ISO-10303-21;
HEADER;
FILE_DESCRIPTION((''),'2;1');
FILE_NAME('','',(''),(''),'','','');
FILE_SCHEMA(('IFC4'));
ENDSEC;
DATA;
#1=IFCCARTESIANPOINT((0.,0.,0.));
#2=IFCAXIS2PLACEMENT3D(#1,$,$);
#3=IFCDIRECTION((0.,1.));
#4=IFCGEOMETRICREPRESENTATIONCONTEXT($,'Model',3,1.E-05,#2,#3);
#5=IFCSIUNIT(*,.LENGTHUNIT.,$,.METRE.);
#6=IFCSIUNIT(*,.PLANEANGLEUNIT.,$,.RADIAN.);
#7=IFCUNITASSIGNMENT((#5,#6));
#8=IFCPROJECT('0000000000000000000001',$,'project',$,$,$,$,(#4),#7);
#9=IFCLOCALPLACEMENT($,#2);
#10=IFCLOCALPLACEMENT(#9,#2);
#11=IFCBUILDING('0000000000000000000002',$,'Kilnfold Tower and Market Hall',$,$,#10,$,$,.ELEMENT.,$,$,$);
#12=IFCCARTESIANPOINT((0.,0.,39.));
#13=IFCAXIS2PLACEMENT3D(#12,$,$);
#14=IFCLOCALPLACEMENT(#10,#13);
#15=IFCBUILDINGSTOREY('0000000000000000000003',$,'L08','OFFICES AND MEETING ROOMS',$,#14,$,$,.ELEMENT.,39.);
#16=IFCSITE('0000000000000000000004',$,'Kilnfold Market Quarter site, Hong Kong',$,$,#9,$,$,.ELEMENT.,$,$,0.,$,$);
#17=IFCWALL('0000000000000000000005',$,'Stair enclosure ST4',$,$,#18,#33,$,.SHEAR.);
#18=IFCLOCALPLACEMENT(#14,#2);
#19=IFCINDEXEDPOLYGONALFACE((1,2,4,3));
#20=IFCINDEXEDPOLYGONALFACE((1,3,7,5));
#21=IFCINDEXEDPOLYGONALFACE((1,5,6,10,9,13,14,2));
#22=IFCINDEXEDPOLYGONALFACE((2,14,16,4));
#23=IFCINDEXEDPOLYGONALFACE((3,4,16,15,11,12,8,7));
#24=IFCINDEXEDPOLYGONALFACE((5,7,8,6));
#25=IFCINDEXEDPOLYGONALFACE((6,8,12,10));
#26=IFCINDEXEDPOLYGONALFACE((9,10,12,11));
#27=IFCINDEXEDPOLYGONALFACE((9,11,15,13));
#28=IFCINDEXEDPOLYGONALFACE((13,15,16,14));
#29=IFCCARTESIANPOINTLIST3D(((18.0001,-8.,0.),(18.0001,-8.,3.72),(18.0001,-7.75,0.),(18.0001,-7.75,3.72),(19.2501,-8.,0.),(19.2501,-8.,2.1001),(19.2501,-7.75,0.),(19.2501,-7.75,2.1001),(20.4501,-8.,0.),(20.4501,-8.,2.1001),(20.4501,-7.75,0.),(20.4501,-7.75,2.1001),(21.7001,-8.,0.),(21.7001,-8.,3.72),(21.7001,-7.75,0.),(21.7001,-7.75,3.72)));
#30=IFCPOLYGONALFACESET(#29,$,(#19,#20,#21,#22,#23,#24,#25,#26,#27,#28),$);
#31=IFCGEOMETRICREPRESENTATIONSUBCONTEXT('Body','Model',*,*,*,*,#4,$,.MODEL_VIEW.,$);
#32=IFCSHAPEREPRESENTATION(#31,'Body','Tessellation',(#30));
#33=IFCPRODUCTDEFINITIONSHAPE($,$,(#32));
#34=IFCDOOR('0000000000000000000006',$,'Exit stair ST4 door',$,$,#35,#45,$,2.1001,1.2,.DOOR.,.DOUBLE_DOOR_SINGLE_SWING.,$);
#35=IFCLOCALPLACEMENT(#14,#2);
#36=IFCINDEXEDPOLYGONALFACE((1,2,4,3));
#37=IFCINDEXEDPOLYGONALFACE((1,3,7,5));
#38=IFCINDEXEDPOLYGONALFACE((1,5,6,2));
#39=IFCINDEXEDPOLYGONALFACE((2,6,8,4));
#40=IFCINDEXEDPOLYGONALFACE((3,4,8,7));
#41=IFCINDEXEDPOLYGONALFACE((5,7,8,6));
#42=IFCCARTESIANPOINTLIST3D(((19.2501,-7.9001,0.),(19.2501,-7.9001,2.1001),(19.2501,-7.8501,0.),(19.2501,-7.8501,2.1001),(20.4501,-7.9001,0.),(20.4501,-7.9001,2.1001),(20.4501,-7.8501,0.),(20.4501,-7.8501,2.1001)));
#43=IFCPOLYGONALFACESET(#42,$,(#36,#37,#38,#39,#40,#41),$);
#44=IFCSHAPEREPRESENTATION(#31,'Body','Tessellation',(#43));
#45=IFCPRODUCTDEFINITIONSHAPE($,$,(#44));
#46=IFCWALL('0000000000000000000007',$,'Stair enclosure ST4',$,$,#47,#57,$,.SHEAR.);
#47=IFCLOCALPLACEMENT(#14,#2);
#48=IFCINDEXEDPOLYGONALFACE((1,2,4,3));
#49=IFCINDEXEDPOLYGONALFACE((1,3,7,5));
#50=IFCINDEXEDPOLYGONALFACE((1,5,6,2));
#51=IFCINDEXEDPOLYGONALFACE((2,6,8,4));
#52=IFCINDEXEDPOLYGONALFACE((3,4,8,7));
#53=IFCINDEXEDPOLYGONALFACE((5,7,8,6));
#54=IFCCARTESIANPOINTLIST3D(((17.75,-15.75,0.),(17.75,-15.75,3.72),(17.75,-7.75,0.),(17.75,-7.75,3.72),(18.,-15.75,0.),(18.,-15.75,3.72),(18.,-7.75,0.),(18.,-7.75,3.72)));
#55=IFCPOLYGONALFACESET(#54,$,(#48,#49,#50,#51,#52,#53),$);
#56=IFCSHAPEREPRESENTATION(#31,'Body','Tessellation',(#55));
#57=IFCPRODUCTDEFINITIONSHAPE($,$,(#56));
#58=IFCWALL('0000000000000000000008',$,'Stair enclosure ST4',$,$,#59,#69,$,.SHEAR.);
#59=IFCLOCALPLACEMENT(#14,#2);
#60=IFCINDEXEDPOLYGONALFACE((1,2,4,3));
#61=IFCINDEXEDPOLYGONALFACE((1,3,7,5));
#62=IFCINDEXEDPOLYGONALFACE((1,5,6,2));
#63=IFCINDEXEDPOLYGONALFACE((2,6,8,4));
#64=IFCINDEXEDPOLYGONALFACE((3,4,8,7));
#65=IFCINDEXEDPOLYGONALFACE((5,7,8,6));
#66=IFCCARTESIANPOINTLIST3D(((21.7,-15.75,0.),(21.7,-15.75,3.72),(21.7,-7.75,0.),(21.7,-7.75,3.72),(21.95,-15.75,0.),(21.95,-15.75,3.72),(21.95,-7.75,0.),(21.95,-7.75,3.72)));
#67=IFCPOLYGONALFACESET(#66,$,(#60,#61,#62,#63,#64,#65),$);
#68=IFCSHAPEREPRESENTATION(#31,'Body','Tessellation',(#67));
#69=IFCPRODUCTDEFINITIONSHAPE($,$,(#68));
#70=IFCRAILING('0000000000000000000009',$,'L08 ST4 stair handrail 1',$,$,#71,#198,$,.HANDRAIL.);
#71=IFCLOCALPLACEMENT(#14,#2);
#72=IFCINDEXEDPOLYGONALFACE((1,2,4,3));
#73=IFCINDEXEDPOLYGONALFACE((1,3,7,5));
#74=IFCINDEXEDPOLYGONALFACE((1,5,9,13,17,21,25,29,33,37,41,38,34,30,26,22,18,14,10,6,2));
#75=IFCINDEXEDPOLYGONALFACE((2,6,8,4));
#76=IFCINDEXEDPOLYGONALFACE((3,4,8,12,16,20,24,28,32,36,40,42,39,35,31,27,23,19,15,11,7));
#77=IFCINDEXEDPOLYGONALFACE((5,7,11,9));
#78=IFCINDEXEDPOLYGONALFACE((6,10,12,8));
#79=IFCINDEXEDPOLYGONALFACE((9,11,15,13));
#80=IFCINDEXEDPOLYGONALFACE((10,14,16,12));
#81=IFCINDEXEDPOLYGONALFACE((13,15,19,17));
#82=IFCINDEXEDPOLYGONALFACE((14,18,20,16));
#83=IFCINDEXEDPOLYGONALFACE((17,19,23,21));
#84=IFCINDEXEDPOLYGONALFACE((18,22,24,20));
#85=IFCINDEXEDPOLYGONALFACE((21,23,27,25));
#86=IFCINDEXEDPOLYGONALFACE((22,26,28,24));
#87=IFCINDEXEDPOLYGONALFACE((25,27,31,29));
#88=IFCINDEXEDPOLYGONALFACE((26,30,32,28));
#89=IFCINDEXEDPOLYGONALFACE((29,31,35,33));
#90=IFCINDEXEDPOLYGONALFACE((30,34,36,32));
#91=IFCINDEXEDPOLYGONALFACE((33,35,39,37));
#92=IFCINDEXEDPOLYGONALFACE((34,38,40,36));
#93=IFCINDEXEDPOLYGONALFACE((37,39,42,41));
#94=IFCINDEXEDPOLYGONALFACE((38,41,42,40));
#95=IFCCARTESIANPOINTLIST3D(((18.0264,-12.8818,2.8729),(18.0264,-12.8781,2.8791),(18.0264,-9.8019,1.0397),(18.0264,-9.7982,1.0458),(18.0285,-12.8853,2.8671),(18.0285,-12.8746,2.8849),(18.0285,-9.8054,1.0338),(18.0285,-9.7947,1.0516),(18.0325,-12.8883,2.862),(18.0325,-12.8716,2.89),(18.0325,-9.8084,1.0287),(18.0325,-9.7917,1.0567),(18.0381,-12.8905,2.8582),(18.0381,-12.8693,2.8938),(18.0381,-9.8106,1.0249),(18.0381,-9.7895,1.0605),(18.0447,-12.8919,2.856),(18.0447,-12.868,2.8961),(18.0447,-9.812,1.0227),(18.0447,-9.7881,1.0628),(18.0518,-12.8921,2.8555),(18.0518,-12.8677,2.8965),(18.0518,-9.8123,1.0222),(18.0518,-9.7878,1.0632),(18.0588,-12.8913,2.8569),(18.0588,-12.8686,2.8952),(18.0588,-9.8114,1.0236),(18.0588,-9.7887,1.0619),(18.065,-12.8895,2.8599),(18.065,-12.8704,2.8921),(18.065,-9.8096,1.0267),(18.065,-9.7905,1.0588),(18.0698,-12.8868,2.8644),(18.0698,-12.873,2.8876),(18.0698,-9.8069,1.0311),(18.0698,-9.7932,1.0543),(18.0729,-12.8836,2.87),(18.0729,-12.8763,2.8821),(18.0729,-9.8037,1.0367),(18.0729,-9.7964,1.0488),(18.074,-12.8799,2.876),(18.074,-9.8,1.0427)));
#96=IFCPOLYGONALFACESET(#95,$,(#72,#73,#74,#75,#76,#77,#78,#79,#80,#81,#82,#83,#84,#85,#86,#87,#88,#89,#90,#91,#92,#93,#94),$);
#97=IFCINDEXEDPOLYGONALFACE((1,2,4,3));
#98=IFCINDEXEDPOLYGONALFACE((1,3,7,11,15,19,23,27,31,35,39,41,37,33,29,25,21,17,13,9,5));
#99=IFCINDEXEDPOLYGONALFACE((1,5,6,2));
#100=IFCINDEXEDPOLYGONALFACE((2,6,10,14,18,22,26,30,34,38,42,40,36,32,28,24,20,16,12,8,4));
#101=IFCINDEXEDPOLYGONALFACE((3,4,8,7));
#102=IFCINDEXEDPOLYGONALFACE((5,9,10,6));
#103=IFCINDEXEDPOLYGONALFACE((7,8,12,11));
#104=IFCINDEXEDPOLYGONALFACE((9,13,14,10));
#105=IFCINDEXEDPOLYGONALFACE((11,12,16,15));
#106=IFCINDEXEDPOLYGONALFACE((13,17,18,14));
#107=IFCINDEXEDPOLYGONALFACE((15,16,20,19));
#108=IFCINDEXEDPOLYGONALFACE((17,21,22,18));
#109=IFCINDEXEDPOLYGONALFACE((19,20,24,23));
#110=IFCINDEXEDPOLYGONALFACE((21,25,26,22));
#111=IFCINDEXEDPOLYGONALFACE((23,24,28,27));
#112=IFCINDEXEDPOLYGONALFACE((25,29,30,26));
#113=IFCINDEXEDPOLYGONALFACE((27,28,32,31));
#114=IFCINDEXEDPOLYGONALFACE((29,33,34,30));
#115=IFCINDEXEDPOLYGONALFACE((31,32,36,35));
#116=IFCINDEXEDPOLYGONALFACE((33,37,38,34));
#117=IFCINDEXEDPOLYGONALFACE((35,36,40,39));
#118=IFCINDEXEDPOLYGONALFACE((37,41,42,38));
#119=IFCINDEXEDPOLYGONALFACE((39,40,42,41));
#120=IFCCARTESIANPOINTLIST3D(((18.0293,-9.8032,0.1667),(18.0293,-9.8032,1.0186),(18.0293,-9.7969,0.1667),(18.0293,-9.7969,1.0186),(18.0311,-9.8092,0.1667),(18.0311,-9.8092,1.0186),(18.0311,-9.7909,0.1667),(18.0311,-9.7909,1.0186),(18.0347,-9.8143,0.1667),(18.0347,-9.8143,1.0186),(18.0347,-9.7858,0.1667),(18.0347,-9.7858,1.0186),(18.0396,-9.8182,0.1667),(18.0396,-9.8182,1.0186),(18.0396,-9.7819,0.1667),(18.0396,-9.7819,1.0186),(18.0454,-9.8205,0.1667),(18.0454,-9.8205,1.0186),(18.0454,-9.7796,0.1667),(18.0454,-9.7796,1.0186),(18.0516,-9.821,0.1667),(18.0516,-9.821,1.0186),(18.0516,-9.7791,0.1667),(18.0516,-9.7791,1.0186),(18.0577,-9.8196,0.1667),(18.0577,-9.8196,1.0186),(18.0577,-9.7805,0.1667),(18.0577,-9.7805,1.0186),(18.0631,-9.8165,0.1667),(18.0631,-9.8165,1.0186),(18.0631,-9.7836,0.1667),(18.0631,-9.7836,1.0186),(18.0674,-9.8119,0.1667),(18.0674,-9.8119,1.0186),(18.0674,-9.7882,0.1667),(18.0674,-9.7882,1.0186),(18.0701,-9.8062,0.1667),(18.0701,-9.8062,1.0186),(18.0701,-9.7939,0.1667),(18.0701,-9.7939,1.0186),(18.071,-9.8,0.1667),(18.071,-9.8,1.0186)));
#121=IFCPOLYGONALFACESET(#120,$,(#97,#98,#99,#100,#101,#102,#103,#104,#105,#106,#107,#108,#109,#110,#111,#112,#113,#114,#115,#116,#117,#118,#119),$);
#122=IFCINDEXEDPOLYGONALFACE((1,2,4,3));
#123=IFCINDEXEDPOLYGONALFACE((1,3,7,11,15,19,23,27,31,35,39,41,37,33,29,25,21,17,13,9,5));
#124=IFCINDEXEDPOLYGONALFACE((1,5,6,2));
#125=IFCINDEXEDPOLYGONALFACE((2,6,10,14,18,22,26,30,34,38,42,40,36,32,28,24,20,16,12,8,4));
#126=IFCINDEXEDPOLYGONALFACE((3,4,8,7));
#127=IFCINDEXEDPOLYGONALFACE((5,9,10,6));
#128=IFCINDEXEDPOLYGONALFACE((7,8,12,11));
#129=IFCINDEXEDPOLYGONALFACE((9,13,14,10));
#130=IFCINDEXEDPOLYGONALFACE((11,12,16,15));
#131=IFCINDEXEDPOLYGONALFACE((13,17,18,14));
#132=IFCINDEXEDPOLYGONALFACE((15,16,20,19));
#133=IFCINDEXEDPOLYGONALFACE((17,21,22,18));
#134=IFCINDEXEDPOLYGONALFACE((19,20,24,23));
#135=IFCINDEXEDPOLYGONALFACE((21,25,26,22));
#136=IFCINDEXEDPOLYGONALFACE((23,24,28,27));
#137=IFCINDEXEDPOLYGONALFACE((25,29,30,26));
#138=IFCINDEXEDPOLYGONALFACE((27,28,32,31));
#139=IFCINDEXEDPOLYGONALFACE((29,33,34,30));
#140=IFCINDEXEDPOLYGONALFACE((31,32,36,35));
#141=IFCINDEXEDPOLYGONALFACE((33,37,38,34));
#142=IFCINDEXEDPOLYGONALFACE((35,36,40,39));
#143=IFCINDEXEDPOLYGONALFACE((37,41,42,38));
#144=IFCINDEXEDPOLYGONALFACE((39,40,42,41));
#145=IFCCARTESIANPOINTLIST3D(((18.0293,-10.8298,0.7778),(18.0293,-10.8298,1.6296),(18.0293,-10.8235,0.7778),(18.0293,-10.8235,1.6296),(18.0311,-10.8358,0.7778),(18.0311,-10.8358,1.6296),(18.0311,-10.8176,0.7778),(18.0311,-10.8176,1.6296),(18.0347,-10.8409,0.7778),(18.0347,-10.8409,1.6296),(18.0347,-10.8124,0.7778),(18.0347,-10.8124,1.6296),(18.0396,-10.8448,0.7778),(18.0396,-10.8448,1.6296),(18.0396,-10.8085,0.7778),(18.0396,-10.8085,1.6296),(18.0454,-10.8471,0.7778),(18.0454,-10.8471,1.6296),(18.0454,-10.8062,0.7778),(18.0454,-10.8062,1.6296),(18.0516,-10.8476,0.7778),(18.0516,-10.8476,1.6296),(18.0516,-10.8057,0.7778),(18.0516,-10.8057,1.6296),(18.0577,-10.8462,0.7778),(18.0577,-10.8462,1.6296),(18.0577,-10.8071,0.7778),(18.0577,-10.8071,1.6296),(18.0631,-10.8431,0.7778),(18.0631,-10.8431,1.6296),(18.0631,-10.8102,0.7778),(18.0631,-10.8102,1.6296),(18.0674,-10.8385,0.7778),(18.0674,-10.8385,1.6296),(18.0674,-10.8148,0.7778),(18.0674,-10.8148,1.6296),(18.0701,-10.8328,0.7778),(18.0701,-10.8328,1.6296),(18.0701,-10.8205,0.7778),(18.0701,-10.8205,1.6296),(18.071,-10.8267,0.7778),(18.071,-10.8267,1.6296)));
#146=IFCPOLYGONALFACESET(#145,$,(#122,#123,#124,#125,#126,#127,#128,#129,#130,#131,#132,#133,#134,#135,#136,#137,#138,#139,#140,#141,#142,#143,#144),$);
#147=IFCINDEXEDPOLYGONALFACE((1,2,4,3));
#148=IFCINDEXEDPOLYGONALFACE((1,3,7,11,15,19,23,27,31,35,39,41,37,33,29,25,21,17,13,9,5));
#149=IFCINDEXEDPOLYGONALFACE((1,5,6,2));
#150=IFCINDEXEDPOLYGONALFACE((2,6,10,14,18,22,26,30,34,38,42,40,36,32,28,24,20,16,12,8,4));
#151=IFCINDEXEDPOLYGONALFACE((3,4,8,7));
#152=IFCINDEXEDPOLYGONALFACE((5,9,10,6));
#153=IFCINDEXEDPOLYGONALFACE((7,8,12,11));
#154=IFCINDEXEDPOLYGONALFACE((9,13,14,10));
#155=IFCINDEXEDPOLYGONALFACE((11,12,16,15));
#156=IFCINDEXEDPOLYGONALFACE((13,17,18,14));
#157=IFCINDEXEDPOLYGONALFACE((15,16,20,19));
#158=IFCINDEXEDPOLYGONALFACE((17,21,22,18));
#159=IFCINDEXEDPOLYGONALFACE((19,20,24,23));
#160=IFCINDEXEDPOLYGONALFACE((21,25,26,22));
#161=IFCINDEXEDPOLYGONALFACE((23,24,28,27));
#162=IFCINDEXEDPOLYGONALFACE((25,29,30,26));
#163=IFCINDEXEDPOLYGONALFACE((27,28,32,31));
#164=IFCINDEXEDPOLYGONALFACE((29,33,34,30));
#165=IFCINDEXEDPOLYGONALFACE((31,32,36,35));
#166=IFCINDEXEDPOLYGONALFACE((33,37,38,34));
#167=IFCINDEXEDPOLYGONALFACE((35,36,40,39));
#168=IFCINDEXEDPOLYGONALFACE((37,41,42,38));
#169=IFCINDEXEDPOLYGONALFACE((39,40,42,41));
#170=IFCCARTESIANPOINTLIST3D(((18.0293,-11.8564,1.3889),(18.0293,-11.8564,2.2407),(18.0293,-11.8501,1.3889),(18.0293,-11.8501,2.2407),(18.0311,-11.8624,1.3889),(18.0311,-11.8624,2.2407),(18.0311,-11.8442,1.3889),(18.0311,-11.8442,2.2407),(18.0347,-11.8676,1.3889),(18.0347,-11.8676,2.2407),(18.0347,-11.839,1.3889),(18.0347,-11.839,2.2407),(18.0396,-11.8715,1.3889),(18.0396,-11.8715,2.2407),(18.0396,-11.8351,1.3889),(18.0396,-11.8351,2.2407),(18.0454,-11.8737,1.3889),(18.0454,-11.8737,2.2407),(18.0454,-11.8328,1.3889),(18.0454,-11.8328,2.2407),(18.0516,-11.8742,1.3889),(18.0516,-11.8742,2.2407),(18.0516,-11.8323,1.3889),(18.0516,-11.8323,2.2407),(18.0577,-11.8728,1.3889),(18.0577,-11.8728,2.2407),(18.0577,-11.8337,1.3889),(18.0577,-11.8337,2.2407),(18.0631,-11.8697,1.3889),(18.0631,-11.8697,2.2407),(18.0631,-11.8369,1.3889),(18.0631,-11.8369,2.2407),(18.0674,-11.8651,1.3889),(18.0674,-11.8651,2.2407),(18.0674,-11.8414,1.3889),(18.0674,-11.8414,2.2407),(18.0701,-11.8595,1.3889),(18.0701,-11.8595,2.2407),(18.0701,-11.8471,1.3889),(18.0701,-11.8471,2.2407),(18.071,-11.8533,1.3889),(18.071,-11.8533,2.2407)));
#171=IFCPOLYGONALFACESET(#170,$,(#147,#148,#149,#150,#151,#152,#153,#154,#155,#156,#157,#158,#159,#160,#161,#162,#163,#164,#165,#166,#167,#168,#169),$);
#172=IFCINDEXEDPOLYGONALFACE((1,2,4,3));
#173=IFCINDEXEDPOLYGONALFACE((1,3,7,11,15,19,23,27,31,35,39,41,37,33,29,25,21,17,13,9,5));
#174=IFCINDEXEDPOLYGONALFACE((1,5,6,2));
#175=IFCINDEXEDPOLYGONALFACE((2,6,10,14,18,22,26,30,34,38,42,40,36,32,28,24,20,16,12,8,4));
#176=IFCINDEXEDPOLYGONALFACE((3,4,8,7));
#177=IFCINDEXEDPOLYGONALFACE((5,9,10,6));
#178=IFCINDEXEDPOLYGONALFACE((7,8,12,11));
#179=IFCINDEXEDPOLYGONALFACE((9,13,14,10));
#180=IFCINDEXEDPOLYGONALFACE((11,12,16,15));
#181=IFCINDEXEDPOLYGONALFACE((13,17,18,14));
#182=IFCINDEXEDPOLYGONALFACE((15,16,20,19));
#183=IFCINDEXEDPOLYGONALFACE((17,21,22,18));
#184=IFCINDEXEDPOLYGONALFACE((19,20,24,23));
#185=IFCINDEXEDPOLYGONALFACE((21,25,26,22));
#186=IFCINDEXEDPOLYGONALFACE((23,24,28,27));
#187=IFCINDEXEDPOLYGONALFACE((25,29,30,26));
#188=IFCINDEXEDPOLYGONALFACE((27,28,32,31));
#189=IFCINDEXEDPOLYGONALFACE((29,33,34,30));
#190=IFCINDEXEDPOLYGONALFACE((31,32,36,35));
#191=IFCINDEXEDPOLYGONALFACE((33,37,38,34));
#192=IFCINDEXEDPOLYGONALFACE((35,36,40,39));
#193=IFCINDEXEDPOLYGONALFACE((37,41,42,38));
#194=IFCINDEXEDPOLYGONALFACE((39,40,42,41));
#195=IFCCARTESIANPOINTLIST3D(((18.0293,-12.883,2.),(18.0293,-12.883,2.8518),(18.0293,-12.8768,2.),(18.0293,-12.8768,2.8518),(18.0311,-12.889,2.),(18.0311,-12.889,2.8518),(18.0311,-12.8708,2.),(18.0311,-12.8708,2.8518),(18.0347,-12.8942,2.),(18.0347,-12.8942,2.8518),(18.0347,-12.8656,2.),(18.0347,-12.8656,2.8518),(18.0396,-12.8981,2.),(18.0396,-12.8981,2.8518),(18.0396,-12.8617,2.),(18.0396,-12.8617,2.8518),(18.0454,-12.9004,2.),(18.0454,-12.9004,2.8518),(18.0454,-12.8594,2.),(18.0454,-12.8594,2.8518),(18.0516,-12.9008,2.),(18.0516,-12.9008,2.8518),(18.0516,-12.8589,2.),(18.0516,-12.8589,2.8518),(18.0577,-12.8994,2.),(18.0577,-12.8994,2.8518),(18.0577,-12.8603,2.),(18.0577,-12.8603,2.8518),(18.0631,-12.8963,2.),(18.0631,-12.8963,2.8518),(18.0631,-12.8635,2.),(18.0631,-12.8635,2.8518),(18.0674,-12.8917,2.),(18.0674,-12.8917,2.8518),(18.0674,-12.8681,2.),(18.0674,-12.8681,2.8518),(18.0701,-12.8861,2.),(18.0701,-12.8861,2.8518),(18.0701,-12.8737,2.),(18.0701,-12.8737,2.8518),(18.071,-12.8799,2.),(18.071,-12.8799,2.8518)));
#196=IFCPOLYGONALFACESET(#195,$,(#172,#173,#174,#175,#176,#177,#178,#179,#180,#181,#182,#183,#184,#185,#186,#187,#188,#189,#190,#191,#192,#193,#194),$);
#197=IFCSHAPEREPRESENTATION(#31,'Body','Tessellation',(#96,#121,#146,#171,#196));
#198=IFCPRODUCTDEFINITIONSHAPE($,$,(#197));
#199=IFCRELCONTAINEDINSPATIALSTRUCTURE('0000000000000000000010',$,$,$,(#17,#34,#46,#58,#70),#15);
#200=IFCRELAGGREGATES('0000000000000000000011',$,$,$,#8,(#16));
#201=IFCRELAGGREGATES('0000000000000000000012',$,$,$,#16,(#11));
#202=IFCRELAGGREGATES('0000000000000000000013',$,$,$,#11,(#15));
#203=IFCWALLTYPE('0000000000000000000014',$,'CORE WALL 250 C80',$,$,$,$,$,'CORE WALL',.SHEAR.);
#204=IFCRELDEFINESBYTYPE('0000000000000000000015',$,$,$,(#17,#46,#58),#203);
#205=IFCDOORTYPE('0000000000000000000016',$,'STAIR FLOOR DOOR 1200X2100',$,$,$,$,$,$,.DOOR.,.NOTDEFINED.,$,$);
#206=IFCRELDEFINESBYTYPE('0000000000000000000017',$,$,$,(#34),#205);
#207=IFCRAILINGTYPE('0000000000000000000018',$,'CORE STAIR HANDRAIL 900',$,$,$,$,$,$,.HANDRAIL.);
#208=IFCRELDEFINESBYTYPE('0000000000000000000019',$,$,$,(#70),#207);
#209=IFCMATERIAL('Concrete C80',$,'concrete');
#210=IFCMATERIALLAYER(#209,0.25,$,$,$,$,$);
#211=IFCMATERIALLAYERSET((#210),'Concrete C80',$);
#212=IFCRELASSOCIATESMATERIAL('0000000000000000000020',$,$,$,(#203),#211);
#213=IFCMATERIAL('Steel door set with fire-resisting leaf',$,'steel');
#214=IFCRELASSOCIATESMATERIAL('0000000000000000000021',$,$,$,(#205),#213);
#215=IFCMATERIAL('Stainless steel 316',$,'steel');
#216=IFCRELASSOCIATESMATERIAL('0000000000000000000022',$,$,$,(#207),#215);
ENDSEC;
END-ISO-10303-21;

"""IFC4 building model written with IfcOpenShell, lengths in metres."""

from ifc_helpers import new_model, si_unit, direction, frame, frame_2d, origin, origin_2d, place, context, subcontext, project, spatial, rectangle, circle, extrude, source, transform, mapped, material, layer, layer_set, type_object, element, fill, save


model = new_model("IFC4")

# Units and contexts
model_context = context("Model", 3, precision=1e-05, world=origin(), true_north=direction((0.0, 1.0)))
body_context = subcontext(model_context, "Body", "Model", "MODEL_VIEW")
ifc_project = project(units=[si_unit("LENGTHUNIT", "METRE"), si_unit("PLANEANGLEUNIT", "RADIAN")], contexts=[model_context])

# Site, building, storey
site_placement = place(None, origin())
site = spatial("IfcSite", under=ifc_project, at=site_placement, Name="Kilnfold Market Quarter site, Hong Kong", CompositionType="ELEMENT", RefElevation=0.0)
building_placement = place(site_placement, origin())
building = spatial("IfcBuilding", under=site, at=building_placement, Name="Kilnfold Tower and Market Hall", CompositionType="ELEMENT")
storey_placement = place(building_placement, frame((0.0, 0.0, 39.0)))
storey = spatial("IfcBuildingStorey", under=building, at=storey_placement, Name="L08", Description="OFFICES AND MEETING ROOMS", CompositionType="ELEMENT", Elevation=39.0)

# Shared definitions
ifc_material_1 = material(Name="Concrete C80", Category="concrete")
ifc_layer_1 = layer(ifc_material_1, 0.25)
ifc_layer_set_1 = layer_set([ifc_layer_1], Name="Concrete C80")
wall_type_1 = type_object("IfcWallType", Name="CORE WALL 250 C80", ElementType="CORE WALL", PredefinedType="SHEAR", material=ifc_layer_set_1)
shared_shape_1 = source(origin(), body_context, "Body", "SweptSolid", [
    extrude(rectangle(XDim=3.7, YDim=0.25, at=frame_2d((1.8501, 0.0))), origin(), (0.0, 0.0, 1.0), 3.72),
])

# Wall, opening, door
wall_1_placement = place(storey_placement, frame((18.0, -7.875, 0.0), z_axis=(0.0, 0.0, 1.0), x_axis=(1.0, 0.0, 0.0)))
wall_1 = element("IfcWall", 1, at=wall_1_placement, inside=storey, type_object=wall_type_1, Name="Stair enclosure ST4", PredefinedType="SHEAR", context=body_context, shape_type="MappedRepresentation", body=[
    mapped(shared_shape_1, transform((0.0, 0.0, 0.0))),
])
opening_1_placement = place(wall_1_placement, frame((1.25, 0.0, 0.0)))
opening_1 = element("IfcOpeningElement", 2, at=opening_1_placement, cuts=wall_1, PredefinedType="OPENING", context=body_context, shape_type="SweptSolid", body=[
    extrude(rectangle(XDim=1.2, YDim=2.1001, at=frame_2d((0.6001, 1.05))), frame((0.0, 0.135, 0.0), z_axis=(0.0, -1.0, 0.0), x_axis=(1.0, 0.0, 0.0)), (0.0, 0.0, 1.0), 0.27),
])
ifc_material_2 = material(Name="Steel door set with fire-resisting leaf", Category="steel")
door_type_1 = type_object("IfcDoorType", Name="STAIR FLOOR DOOR 1200X2100", OperationType="NOTDEFINED", PredefinedType="DOOR", material=ifc_material_2)
door_1_placement = place(opening_1_placement, origin())
door_1 = element("IfcDoor", 3, at=door_1_placement, inside=storey, type_object=door_type_1, Name="Exit stair ST4 door", OperationType="DOUBLE_DOOR_SINGLE_SWING", OverallHeight=2.1001, OverallWidth=1.2, PredefinedType="DOOR", context=body_context, shape_type="SweptSolid", body=[
    extrude(rectangle(XDim=1.2, YDim=2.1001, at=frame_2d((0.6001, 1.05))), frame((0.0, 0.0249, 0.0), z_axis=(0.0, -1.0, 0.0), x_axis=(1.0, 0.0, 0.0)), (0.0, 0.0, 1.0), 0.05),
])
fill(opening_1, door_1)

# Walls
shared_shape_2 = source(origin(), body_context, "Body", "SweptSolid", [
    extrude(rectangle(XDim=8.0, YDim=0.25, at=frame_2d((4.0, 0.0))), origin(), (0.0, 0.0, 1.0), 3.72),
])
for number, where, z_axis, x_axis, name in (
    (4, (17.875, -15.75, 0.0), (0.0, 0.0, 1.0), (0.0, 1.0, 0.0), "Stair enclosure ST4"),
    (5, (21.825, -15.75, 0.0), (0.0, 0.0, 1.0), (0.0, 1.0, 0.0), "Stair enclosure ST4"),
):
    element("IfcWall", number, at=place(storey_placement, frame(where, z_axis=z_axis, x_axis=x_axis)), inside=storey, type_object=wall_type_1, Name=name, PredefinedType="SHEAR", context=body_context, shape_type="MappedRepresentation", body=[
        mapped(shared_shape_2, transform((0.0, 0.0, 0.0))),
    ])

# Railing
ifc_material_3 = material(Name="Stainless steel 316", Category="steel")
railing_type_1 = type_object("IfcRailingType", Name="CORE STAIR HANDRAIL 900", PredefinedType="HANDRAIL", material=ifc_material_3)
railing_1_placement = place(storey_placement, frame((18.05, -9.8, 0.1667)))
element("IfcRailing", 6, at=railing_1_placement, inside=storey, type_object=railing_type_1, Name="L08 ST4 stair handrail 1", PredefinedType="HANDRAIL", context=body_context, shape_type="SweptSolid", body=[
    extrude(circle(Radius=0.0239, at=origin_2d()), frame((0.0, 0.0, 0.876), z_axis=(0.0, -0.859291, 0.511487), x_axis=(1.0, 0.0, 0.0)), (0.0, 0.0, 1.0), 3.5842),
    extrude(circle(Radius=0.021, at=origin_2d()), origin(), (0.0, 0.0, 1.0), 0.8518),
    extrude(circle(Radius=0.021, at=origin_2d()), frame((0.0, -1.0266, 0.6111)), (0.0, 0.0, 1.0), 0.8518),
    extrude(circle(Radius=0.021, at=origin_2d()), frame((0.0, -2.0532, 1.2222)), (0.0, 0.0, 1.0), 0.8518),
    extrude(circle(Radius=0.021, at=origin_2d()), frame((0.0, -3.0798, 1.8333)), (0.0, 0.0, 1.0), 0.8518),
])

save(model, "model.ifc")
